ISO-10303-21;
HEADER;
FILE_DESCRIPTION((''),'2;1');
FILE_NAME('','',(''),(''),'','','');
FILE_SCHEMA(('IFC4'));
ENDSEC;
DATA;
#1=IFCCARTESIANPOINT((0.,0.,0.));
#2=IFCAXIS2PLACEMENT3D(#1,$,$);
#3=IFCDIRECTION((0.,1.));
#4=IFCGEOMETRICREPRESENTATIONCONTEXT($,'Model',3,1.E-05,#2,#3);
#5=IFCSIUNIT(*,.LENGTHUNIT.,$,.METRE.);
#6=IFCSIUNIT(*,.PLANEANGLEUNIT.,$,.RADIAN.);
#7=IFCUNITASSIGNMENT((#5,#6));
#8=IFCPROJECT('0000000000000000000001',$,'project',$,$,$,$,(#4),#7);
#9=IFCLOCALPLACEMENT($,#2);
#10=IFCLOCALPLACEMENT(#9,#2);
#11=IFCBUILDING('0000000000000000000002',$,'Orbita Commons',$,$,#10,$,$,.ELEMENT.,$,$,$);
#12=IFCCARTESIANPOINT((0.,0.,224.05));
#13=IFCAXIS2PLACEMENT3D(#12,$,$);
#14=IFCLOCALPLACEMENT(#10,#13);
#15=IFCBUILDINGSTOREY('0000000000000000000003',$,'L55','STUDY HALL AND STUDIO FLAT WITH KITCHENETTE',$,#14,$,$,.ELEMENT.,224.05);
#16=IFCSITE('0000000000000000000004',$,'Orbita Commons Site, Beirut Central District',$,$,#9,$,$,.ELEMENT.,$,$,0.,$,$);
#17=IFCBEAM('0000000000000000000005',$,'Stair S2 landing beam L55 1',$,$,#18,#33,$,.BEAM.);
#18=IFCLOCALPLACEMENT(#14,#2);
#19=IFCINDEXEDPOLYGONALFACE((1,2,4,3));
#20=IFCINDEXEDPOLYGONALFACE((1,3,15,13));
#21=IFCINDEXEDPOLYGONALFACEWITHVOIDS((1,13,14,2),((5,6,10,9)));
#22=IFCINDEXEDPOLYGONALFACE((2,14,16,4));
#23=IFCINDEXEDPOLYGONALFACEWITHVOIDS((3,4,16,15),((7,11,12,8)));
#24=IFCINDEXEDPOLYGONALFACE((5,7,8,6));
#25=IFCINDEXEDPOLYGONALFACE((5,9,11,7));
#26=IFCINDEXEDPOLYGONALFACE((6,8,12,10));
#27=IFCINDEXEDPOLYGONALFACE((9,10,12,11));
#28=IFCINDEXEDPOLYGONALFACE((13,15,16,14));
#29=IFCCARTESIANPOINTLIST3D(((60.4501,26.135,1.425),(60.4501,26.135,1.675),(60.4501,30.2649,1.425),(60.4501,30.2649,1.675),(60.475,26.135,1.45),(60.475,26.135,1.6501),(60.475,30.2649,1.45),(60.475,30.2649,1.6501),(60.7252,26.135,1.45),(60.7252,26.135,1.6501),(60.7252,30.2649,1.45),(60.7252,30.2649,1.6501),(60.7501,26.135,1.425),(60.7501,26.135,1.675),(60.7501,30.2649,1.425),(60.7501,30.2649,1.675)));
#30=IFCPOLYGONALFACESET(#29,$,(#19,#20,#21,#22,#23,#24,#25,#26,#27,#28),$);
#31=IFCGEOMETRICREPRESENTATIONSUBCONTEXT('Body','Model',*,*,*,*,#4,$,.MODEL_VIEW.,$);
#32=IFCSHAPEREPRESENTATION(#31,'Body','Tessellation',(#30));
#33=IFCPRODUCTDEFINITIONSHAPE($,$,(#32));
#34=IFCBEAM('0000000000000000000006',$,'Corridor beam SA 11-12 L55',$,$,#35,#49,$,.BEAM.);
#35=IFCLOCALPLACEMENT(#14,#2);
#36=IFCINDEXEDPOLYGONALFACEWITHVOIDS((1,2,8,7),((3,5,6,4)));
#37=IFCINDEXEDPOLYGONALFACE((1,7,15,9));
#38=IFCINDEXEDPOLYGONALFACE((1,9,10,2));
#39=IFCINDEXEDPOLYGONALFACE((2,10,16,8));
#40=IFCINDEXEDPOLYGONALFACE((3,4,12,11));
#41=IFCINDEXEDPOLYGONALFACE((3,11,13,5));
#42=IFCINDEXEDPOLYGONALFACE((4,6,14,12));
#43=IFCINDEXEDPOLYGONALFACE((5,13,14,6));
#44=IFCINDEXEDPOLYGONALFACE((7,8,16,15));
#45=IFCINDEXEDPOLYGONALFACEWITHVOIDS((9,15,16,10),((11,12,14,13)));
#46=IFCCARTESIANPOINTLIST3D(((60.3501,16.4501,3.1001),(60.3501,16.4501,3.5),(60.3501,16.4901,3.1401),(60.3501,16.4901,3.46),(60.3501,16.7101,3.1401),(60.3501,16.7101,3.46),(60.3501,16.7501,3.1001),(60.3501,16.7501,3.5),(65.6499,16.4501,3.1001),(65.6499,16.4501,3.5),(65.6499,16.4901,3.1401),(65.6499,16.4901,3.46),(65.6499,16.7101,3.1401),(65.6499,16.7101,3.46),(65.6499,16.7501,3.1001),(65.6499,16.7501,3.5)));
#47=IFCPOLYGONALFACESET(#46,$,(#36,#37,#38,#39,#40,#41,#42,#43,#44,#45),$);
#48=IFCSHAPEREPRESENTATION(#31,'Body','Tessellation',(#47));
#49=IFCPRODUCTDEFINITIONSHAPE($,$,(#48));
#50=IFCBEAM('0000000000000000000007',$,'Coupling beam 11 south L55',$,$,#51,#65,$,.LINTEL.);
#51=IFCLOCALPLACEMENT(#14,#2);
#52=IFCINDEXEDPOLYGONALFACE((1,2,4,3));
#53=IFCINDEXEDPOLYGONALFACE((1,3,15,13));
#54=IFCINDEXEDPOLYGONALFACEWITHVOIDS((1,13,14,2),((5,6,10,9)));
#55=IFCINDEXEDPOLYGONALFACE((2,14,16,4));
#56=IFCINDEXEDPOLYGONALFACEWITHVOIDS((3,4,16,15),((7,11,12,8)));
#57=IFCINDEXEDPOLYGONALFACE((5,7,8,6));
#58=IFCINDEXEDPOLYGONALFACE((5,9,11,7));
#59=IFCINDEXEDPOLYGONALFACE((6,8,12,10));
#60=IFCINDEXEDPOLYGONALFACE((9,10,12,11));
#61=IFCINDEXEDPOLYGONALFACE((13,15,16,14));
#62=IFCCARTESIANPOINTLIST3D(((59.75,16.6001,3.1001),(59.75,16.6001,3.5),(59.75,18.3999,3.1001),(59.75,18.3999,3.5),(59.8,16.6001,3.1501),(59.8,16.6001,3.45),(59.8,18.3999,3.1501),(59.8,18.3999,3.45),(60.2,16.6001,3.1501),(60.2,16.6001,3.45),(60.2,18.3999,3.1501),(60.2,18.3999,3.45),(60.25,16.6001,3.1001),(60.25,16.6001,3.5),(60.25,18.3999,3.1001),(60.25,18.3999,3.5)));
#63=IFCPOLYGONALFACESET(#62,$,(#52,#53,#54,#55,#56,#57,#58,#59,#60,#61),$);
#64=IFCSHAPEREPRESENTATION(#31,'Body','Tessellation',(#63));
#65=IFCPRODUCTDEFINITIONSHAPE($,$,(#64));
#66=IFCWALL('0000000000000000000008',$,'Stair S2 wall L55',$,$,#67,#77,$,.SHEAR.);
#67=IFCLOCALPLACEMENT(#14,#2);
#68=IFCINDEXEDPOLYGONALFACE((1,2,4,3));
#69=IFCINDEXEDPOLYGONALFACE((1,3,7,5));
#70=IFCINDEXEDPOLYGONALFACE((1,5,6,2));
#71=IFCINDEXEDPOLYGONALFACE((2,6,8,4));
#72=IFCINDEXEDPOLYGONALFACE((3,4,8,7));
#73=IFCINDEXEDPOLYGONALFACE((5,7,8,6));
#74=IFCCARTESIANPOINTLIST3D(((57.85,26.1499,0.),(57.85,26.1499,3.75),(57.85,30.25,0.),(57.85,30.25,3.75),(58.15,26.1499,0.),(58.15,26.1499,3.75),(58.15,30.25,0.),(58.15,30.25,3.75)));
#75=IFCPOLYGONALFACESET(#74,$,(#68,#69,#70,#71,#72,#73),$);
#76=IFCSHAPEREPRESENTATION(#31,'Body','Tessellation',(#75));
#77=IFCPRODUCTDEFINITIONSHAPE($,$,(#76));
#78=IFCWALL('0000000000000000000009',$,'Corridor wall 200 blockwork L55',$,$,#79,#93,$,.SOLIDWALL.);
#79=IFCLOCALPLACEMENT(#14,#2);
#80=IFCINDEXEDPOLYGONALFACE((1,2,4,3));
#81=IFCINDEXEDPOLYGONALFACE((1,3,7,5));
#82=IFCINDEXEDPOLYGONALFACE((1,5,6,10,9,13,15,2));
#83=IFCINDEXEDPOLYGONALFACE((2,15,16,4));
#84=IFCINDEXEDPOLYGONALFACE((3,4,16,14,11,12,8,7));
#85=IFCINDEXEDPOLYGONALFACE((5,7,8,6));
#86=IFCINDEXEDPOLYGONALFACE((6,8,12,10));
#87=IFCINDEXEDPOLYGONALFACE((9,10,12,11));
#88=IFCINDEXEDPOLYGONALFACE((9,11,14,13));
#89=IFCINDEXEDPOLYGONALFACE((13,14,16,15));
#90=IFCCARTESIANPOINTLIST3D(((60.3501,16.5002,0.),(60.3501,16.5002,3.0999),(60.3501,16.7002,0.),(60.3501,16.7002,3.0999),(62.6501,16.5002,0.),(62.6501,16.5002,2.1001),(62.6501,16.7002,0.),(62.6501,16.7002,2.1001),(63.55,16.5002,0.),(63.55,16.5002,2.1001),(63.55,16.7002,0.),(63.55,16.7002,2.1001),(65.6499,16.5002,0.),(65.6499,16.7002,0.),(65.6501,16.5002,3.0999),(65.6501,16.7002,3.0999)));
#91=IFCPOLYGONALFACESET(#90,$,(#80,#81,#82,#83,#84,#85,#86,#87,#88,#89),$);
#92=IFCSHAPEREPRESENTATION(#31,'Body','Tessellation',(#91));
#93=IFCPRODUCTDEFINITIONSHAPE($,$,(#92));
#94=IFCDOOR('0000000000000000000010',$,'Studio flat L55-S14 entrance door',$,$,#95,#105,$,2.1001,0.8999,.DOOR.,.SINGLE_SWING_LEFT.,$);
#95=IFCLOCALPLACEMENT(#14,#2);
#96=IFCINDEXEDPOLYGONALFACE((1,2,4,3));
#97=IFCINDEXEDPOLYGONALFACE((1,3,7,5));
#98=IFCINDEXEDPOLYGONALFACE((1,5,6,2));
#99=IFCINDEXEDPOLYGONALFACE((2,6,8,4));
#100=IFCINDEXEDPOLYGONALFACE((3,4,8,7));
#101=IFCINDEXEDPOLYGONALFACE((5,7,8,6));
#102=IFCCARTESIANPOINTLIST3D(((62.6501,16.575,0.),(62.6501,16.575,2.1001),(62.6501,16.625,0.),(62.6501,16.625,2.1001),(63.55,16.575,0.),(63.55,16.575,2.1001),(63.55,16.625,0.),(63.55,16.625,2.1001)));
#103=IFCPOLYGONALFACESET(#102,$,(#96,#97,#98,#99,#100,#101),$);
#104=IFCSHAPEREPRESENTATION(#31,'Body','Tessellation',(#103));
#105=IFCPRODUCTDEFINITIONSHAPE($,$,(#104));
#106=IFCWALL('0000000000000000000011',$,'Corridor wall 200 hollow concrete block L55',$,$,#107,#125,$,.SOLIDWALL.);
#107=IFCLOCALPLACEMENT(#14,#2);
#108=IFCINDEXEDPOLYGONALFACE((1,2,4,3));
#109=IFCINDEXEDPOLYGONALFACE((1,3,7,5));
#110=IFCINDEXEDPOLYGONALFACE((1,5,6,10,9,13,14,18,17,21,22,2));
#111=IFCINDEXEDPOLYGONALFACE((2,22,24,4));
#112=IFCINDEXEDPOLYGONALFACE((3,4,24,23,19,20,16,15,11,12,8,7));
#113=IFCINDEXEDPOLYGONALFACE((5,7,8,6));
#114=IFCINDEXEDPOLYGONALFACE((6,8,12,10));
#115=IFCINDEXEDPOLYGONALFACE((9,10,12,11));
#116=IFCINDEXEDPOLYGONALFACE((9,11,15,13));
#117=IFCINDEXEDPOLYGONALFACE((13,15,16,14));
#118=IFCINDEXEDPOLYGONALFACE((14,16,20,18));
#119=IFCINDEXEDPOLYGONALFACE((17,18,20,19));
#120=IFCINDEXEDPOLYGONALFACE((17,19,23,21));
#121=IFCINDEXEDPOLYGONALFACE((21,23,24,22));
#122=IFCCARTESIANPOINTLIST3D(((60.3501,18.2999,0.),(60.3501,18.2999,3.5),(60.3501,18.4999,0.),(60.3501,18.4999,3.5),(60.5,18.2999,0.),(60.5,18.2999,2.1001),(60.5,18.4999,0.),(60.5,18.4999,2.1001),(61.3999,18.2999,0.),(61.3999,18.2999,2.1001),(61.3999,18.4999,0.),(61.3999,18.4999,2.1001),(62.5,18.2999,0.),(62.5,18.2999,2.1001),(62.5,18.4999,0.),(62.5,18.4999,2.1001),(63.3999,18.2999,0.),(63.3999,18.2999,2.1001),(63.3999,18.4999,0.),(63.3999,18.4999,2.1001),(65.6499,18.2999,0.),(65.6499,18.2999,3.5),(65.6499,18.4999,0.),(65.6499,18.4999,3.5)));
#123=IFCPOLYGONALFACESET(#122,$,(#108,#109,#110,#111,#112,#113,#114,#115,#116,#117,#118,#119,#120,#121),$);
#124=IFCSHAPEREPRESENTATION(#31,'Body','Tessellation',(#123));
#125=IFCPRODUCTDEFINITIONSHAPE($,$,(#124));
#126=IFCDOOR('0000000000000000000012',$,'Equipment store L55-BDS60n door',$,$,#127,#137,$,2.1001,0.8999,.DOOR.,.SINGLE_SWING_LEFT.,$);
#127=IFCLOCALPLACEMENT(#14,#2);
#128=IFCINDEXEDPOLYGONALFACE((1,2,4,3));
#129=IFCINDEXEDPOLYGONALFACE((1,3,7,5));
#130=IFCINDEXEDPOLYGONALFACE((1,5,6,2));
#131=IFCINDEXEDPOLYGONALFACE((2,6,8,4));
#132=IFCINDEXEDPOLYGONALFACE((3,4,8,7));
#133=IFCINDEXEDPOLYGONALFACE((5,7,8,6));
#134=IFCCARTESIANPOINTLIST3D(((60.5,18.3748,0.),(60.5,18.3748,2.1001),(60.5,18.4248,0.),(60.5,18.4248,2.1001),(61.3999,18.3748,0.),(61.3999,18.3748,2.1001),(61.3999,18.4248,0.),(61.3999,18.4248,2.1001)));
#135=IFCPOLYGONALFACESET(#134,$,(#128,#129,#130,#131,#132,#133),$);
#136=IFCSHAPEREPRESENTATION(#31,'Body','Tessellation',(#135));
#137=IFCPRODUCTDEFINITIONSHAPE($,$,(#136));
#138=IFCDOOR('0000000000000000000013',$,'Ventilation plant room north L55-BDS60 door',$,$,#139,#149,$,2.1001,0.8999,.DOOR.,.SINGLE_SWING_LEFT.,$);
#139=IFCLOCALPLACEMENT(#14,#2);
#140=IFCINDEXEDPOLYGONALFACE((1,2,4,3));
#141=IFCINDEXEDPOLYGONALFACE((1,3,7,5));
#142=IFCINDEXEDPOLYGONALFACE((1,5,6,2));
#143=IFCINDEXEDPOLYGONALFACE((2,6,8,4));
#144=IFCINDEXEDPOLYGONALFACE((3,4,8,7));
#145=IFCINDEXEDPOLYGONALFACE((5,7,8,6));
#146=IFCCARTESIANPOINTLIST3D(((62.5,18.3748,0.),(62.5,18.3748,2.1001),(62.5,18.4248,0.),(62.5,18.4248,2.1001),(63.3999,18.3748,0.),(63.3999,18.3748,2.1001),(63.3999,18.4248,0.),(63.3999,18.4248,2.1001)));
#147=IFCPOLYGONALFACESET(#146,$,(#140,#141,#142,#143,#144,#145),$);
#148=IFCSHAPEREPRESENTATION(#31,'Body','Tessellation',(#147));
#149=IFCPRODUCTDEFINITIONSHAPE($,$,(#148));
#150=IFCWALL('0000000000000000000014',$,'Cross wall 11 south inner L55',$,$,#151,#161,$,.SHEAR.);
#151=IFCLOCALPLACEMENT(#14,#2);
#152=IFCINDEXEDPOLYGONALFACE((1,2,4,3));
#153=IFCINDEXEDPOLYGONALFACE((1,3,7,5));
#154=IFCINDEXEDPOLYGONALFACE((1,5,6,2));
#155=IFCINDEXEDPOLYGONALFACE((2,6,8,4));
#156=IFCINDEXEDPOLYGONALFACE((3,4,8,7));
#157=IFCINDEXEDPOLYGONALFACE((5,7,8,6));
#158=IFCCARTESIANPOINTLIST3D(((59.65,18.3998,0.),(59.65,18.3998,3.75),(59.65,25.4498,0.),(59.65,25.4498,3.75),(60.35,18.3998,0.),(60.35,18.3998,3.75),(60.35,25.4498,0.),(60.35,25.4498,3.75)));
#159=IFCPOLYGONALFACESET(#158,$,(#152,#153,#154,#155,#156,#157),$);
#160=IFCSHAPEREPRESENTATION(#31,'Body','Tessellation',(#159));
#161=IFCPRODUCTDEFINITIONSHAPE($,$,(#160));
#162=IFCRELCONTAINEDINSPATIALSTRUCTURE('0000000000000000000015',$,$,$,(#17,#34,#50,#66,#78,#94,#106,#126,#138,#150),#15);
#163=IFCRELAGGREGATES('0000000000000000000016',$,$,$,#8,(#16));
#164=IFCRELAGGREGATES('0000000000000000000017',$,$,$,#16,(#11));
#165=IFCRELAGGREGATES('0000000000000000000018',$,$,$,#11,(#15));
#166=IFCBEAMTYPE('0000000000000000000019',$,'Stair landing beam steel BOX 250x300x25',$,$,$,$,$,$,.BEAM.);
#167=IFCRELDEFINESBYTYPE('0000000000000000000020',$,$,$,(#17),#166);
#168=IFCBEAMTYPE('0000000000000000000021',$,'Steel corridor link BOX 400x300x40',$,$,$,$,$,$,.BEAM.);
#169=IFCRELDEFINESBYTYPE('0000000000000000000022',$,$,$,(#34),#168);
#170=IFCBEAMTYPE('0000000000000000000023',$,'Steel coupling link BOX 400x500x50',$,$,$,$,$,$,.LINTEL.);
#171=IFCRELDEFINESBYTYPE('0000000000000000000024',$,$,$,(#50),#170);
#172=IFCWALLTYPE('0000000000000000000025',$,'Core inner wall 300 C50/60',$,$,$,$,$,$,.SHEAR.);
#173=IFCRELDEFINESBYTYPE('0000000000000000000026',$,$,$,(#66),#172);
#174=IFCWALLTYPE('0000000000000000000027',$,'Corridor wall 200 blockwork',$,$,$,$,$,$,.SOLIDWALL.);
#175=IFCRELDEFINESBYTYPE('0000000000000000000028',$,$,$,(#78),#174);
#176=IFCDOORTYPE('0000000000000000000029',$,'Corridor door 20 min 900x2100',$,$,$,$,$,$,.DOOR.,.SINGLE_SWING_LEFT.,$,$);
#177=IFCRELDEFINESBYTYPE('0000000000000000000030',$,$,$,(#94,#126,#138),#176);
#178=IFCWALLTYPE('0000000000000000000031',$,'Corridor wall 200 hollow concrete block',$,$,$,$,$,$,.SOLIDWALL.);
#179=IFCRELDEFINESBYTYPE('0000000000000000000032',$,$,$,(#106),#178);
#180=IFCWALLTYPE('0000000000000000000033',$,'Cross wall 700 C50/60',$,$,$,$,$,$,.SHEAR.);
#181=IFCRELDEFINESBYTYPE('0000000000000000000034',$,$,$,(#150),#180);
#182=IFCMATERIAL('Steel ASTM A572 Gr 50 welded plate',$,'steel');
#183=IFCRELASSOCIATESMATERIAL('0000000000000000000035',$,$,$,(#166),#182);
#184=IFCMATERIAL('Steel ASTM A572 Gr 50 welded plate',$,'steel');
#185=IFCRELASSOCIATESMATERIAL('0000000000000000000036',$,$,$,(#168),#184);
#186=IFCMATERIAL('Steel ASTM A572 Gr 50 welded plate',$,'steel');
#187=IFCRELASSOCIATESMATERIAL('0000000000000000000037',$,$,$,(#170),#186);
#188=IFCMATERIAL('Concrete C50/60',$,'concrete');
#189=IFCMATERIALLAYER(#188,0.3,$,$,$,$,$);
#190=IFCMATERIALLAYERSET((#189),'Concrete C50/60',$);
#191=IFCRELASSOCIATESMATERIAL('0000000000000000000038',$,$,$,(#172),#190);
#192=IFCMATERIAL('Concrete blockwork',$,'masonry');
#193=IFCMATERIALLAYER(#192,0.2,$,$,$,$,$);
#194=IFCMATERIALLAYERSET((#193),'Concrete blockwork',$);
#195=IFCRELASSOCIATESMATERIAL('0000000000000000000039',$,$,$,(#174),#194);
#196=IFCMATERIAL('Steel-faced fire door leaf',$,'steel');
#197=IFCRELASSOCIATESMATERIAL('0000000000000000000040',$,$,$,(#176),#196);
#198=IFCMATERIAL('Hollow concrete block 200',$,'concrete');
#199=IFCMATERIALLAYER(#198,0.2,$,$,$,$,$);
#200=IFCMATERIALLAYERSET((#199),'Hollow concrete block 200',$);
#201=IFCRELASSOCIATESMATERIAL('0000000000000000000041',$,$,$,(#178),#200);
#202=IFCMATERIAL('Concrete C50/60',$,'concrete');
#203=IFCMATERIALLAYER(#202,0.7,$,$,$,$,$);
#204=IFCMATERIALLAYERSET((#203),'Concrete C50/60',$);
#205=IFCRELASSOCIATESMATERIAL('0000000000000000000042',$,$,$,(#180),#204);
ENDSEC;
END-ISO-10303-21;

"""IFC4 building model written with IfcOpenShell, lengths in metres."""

from ifc_helpers import new_model, si_unit, direction, frame, frame_2d, origin, origin_2d, place, context, subcontext, project, spatial, polyline, rectangle, hollow_rectangle, outline, extrude, material, layer, layer_set, material_profile, profile_set, type_object, element, fill, save


model = new_model("IFC4")

# Units and contexts
model_context = context("Model", 3, precision=1e-05, world=origin(), true_north=direction((0.0, 1.0)))
body_context = subcontext(model_context, "Body", "Model", "MODEL_VIEW")
ifc_project = project(units=[si_unit("LENGTHUNIT", "METRE"), si_unit("PLANEANGLEUNIT", "RADIAN")], contexts=[model_context])

# Site, building, storey
site_placement = place(None, origin())
site = spatial("IfcSite", under=ifc_project, at=site_placement, Name="Orbita Commons Site, Beirut Central District", CompositionType="ELEMENT", RefElevation=0.0)
building_placement = place(site_placement, origin())
building = spatial("IfcBuilding", under=site, at=building_placement, Name="Orbita Commons", CompositionType="ELEMENT")
storey_placement = place(building_placement, frame((0.0, 0.0, 224.05)))
storey = spatial("IfcBuildingStorey", under=building, at=storey_placement, Name="L55", Description="STUDY HALL AND STUDIO FLAT WITH KITCHENETTE", CompositionType="ELEMENT", Elevation=224.05)

# Beams
ifc_material_1 = material(Name="Steel ASTM A572 Gr 50 welded plate", Category="steel")
ifc_material_profile_1 = material_profile(ifc_material_1, hollow_rectangle(XDim=0.3, YDim=0.25, WallThickness=0.0249, at=origin_2d()), Name="BOX 250x300x25")
ifc_profile_set_1 = profile_set([ifc_material_profile_1], Name="Steel ASTM A572 Gr 50 welded plate")
beam_type_1 = type_object("IfcBeamType", Name="Stair landing beam steel BOX 250x300x25", PredefinedType="BEAM", material=ifc_profile_set_1)
beam_1_placement = place(storey_placement, frame((60.6001, 26.135, 1.55), z_axis=(0.0, 1.0, 0.0), x_axis=(-1.0, 0.0, 0.0)))
element("IfcBeam", 1, at=beam_1_placement, inside=storey, type_object=beam_type_1, Name="Stair S2 landing beam L55 1", PredefinedType="BEAM", context=body_context, shape_type="SweptSolid", body=[
    extrude(hollow_rectangle(XDim=0.3, YDim=0.25, WallThickness=0.0249, at=origin_2d()), origin(), (0.0, 0.0, 1.0), 4.1299),
])
ifc_material_2 = material(Name="Steel ASTM A572 Gr 50 welded plate", Category="steel")
ifc_material_profile_2 = material_profile(ifc_material_2, hollow_rectangle(XDim=0.3, YDim=0.3999, WallThickness=0.04, at=origin_2d()), Name="BOX 400x300x40")
ifc_profile_set_2 = profile_set([ifc_material_profile_2], Name="Steel ASTM A572 Gr 50 welded plate")
beam_type_2 = type_object("IfcBeamType", Name="Steel corridor link BOX 400x300x40", PredefinedType="BEAM", material=ifc_profile_set_2)
beam_2_placement = place(storey_placement, frame((60.3501, 16.6001, 3.3), z_axis=(1.0, 0.0, 0.0), x_axis=(0.0, 1.0, 0.0)))
element("IfcBeam", 2, at=beam_2_placement, inside=storey, type_object=beam_type_2, Name="Corridor beam SA 11-12 L55", PredefinedType="BEAM", context=body_context, shape_type="SweptSolid", body=[
    extrude(hollow_rectangle(XDim=0.3, YDim=0.3999, WallThickness=0.04, at=origin_2d()), origin(), (0.0, 0.0, 1.0), 5.2998),
])
ifc_material_3 = material(Name="Steel ASTM A572 Gr 50 welded plate", Category="steel")
ifc_material_profile_3 = material_profile(ifc_material_3, hollow_rectangle(XDim=0.5, YDim=0.3999, WallThickness=0.05, at=origin_2d()), Name="BOX 400x500x50")
ifc_profile_set_3 = profile_set([ifc_material_profile_3], Name="Steel ASTM A572 Gr 50 welded plate")
beam_type_3 = type_object("IfcBeamType", Name="Steel coupling link BOX 400x500x50", PredefinedType="LINTEL", material=ifc_profile_set_3)
beam_3_placement = place(storey_placement, frame((60.0, 16.6001, 3.3), z_axis=(0.0, 1.0, 0.0), x_axis=(-1.0, 0.0, 0.0)))
element("IfcBeam", 3, at=beam_3_placement, inside=storey, type_object=beam_type_3, Name="Coupling beam 11 south L55", PredefinedType="LINTEL", context=body_context, shape_type="SweptSolid", body=[
    extrude(hollow_rectangle(XDim=0.5, YDim=0.3999, WallThickness=0.05, at=origin_2d()), origin(), (0.0, 0.0, 1.0), 1.7998),
])

# Wall
ifc_material_4 = material(Name="Concrete C50/60", Category="concrete")
ifc_layer_1 = layer(ifc_material_4, 0.3)
ifc_layer_set_1 = layer_set([ifc_layer_1], Name="Concrete C50/60")
wall_type_1 = type_object("IfcWallType", Name="Core inner wall 300 C50/60", PredefinedType="SHEAR", material=ifc_layer_set_1)
wall_1_placement = place(storey_placement, frame((58.0, 26.1499, 0.0), z_axis=(0.0, 0.0, 1.0), x_axis=(0.0, 1.0, 0.0)))
element("IfcWall", 4, at=wall_1_placement, inside=storey, type_object=wall_type_1, Name="Stair S2 wall L55", PredefinedType="SHEAR", context=body_context, shape_type="SweptSolid", body=[
    extrude(rectangle(XDim=4.1001, YDim=0.3, at=frame_2d((2.05, 0.0))), origin(), (0.0, 0.0, 1.0), 3.75),
])

# Wall, opening, door
ifc_material_5 = material(Name="Concrete blockwork", Category="masonry")
ifc_layer_2 = layer(ifc_material_5, 0.2)
ifc_layer_set_2 = layer_set([ifc_layer_2], Name="Concrete blockwork")
wall_type_2 = type_object("IfcWallType", Name="Corridor wall 200 blockwork", PredefinedType="SOLIDWALL", material=ifc_layer_set_2)
wall_2_placement = place(storey_placement, frame((60.3501, 16.6001, 0.0), z_axis=(0.0, 0.0, 1.0), x_axis=(1.0, 0.0, 0.0)))
wall_2 = element("IfcWall", 5, at=wall_2_placement, inside=storey, type_object=wall_type_2, Name="Corridor wall 200 blockwork L55", PredefinedType="SOLIDWALL", context=body_context, shape_type="SweptSolid", body=[
    extrude(outline(polyline([(0.0, 0.0), (5.2998, 0.0), (5.3, 3.0999), (0.0, 3.0999), (0.0, 0.0)])), frame((0.0, 0.1001, 0.0), z_axis=(0.0, -1.0, 0.0), x_axis=(1.0, 0.0, 0.0)), (0.0, 0.0, 1.0), 0.2),
])
opening_1_placement = place(wall_2_placement, frame((2.3, 0.0, 0.0)))
opening_1 = element("IfcOpeningElement", 6, at=opening_1_placement, cuts=wall_2, PredefinedType="OPENING", context=body_context, shape_type="SweptSolid", body=[
    extrude(rectangle(XDim=0.8999, YDim=2.1001, at=frame_2d((0.45, 1.05))), frame((0.0, 0.1099, 0.0), z_axis=(0.0, -1.0, 0.0), x_axis=(1.0, 0.0, 0.0)), (0.0, 0.0, 1.0), 0.22),
])
ifc_material_6 = material(Name="Steel-faced fire door leaf", Category="steel")
door_type = type_object("IfcDoorType", Name="Corridor door 20 min 900x2100", OperationType="SINGLE_SWING_LEFT", PredefinedType="DOOR", material=ifc_material_6)
door_1_placement = place(opening_1_placement, origin())
door_1 = element("IfcDoor", 7, at=door_1_placement, inside=storey, type_object=door_type, Name="Studio flat L55-S14 entrance door", OperationType="SINGLE_SWING_LEFT", OverallHeight=2.1001, OverallWidth=0.8999, PredefinedType="DOOR", context=body_context, shape_type="SweptSolid", body=[
    extrude(rectangle(XDim=0.8999, YDim=2.1001, at=frame_2d((0.45, 1.05))), frame((0.0, 0.0249, 0.0), z_axis=(0.0, -1.0, 0.0), x_axis=(1.0, 0.0, 0.0)), (0.0, 0.0, 1.0), 0.05),
])
fill(opening_1, door_1)

# Wall, openings, doors
ifc_material_7 = material(Name="Hollow concrete block 200", Category="concrete")
ifc_layer_3 = layer(ifc_material_7, 0.2)
ifc_layer_set_3 = layer_set([ifc_layer_3], Name="Hollow concrete block 200")
wall_type_3 = type_object("IfcWallType", Name="Corridor wall 200 hollow concrete block", PredefinedType="SOLIDWALL", material=ifc_layer_set_3)
wall_3_placement = place(storey_placement, frame((60.3501, 18.3999, 0.0), z_axis=(0.0, 0.0, 1.0), x_axis=(1.0, 0.0, 0.0)))
wall_3 = element("IfcWall", 8, at=wall_3_placement, inside=storey, type_object=wall_type_3, Name="Corridor wall 200 hollow concrete block L55", PredefinedType="SOLIDWALL", context=body_context, shape_type="SweptSolid", body=[
    extrude(rectangle(XDim=5.2998, YDim=0.2, at=frame_2d((2.6499, 0.0))), origin(), (0.0, 0.0, 1.0), 3.5),
])
opening_2_placement = place(wall_3_placement, frame((0.1499, 0.0, 0.0)))
opening_2 = element("IfcOpeningElement", 9, at=opening_2_placement, cuts=wall_3, PredefinedType="OPENING", context=body_context, shape_type="SweptSolid", body=[
    extrude(rectangle(XDim=0.8999, YDim=2.1001, at=frame_2d((0.45, 1.05))), frame((0.0, 0.1099, 0.0), z_axis=(0.0, -1.0, 0.0), x_axis=(1.0, 0.0, 0.0)), (0.0, 0.0, 1.0), 0.22),
])
opening_3_placement = place(wall_3_placement, frame((2.1499, 0.0, 0.0)))
opening_3 = element("IfcOpeningElement", 10, at=opening_3_placement, cuts=wall_3, PredefinedType="OPENING", context=body_context, shape_type="SweptSolid", body=[
    extrude(rectangle(XDim=0.8999, YDim=2.1001, at=frame_2d((0.45, 1.05))), frame((0.0, 0.1099, 0.0), z_axis=(0.0, -1.0, 0.0), x_axis=(1.0, 0.0, 0.0)), (0.0, 0.0, 1.0), 0.22),
])
door_2_placement = place(opening_2_placement, origin())
door_2 = element("IfcDoor", 11, at=door_2_placement, inside=storey, type_object=door_type, Name="Equipment store L55-BDS60n door", OperationType="SINGLE_SWING_LEFT", OverallHeight=2.1001, OverallWidth=0.8999, PredefinedType="DOOR", context=body_context, shape_type="SweptSolid", body=[
    extrude(rectangle(XDim=0.8999, YDim=2.1001, at=frame_2d((0.45, 1.05))), frame((0.0, 0.0249, 0.0), z_axis=(0.0, -1.0, 0.0), x_axis=(1.0, 0.0, 0.0)), (0.0, 0.0, 1.0), 0.05),
])
fill(opening_2, door_2)
door_3_placement = place(opening_3_placement, origin())
door_3 = element("IfcDoor", 12, at=door_3_placement, inside=storey, type_object=door_type, Name="Ventilation plant room north L55-BDS60 door", OperationType="SINGLE_SWING_LEFT", OverallHeight=2.1001, OverallWidth=0.8999, PredefinedType="DOOR", context=body_context, shape_type="SweptSolid", body=[
    extrude(rectangle(XDim=0.8999, YDim=2.1001, at=frame_2d((0.45, 1.05))), frame((0.0, 0.0249, 0.0), z_axis=(0.0, -1.0, 0.0), x_axis=(1.0, 0.0, 0.0)), (0.0, 0.0, 1.0), 0.05),
])
fill(opening_3, door_3)

# Wall
ifc_material_8 = material(Name="Concrete C50/60", Category="concrete")
ifc_layer_4 = layer(ifc_material_8, 0.7)
ifc_layer_set_4 = layer_set([ifc_layer_4], Name="Concrete C50/60")
wall_type_4 = type_object("IfcWallType", Name="Cross wall 700 C50/60", PredefinedType="SHEAR", material=ifc_layer_set_4)
wall_4_placement = place(storey_placement, frame((60.0, 18.3999, 0.0), z_axis=(0.0, 0.0, 1.0), x_axis=(0.0, 1.0, 0.0)))
element("IfcWall", 13, at=wall_4_placement, inside=storey, type_object=wall_type_4, Name="Cross wall 11 south inner L55", PredefinedType="SHEAR", context=body_context, shape_type="SweptSolid", body=[
    extrude(rectangle(XDim=7.05, YDim=0.7, at=frame_2d((3.5249, 0.0))), origin(), (0.0, 0.0, 1.0), 3.75),
])

save(model, "model.ifc")
